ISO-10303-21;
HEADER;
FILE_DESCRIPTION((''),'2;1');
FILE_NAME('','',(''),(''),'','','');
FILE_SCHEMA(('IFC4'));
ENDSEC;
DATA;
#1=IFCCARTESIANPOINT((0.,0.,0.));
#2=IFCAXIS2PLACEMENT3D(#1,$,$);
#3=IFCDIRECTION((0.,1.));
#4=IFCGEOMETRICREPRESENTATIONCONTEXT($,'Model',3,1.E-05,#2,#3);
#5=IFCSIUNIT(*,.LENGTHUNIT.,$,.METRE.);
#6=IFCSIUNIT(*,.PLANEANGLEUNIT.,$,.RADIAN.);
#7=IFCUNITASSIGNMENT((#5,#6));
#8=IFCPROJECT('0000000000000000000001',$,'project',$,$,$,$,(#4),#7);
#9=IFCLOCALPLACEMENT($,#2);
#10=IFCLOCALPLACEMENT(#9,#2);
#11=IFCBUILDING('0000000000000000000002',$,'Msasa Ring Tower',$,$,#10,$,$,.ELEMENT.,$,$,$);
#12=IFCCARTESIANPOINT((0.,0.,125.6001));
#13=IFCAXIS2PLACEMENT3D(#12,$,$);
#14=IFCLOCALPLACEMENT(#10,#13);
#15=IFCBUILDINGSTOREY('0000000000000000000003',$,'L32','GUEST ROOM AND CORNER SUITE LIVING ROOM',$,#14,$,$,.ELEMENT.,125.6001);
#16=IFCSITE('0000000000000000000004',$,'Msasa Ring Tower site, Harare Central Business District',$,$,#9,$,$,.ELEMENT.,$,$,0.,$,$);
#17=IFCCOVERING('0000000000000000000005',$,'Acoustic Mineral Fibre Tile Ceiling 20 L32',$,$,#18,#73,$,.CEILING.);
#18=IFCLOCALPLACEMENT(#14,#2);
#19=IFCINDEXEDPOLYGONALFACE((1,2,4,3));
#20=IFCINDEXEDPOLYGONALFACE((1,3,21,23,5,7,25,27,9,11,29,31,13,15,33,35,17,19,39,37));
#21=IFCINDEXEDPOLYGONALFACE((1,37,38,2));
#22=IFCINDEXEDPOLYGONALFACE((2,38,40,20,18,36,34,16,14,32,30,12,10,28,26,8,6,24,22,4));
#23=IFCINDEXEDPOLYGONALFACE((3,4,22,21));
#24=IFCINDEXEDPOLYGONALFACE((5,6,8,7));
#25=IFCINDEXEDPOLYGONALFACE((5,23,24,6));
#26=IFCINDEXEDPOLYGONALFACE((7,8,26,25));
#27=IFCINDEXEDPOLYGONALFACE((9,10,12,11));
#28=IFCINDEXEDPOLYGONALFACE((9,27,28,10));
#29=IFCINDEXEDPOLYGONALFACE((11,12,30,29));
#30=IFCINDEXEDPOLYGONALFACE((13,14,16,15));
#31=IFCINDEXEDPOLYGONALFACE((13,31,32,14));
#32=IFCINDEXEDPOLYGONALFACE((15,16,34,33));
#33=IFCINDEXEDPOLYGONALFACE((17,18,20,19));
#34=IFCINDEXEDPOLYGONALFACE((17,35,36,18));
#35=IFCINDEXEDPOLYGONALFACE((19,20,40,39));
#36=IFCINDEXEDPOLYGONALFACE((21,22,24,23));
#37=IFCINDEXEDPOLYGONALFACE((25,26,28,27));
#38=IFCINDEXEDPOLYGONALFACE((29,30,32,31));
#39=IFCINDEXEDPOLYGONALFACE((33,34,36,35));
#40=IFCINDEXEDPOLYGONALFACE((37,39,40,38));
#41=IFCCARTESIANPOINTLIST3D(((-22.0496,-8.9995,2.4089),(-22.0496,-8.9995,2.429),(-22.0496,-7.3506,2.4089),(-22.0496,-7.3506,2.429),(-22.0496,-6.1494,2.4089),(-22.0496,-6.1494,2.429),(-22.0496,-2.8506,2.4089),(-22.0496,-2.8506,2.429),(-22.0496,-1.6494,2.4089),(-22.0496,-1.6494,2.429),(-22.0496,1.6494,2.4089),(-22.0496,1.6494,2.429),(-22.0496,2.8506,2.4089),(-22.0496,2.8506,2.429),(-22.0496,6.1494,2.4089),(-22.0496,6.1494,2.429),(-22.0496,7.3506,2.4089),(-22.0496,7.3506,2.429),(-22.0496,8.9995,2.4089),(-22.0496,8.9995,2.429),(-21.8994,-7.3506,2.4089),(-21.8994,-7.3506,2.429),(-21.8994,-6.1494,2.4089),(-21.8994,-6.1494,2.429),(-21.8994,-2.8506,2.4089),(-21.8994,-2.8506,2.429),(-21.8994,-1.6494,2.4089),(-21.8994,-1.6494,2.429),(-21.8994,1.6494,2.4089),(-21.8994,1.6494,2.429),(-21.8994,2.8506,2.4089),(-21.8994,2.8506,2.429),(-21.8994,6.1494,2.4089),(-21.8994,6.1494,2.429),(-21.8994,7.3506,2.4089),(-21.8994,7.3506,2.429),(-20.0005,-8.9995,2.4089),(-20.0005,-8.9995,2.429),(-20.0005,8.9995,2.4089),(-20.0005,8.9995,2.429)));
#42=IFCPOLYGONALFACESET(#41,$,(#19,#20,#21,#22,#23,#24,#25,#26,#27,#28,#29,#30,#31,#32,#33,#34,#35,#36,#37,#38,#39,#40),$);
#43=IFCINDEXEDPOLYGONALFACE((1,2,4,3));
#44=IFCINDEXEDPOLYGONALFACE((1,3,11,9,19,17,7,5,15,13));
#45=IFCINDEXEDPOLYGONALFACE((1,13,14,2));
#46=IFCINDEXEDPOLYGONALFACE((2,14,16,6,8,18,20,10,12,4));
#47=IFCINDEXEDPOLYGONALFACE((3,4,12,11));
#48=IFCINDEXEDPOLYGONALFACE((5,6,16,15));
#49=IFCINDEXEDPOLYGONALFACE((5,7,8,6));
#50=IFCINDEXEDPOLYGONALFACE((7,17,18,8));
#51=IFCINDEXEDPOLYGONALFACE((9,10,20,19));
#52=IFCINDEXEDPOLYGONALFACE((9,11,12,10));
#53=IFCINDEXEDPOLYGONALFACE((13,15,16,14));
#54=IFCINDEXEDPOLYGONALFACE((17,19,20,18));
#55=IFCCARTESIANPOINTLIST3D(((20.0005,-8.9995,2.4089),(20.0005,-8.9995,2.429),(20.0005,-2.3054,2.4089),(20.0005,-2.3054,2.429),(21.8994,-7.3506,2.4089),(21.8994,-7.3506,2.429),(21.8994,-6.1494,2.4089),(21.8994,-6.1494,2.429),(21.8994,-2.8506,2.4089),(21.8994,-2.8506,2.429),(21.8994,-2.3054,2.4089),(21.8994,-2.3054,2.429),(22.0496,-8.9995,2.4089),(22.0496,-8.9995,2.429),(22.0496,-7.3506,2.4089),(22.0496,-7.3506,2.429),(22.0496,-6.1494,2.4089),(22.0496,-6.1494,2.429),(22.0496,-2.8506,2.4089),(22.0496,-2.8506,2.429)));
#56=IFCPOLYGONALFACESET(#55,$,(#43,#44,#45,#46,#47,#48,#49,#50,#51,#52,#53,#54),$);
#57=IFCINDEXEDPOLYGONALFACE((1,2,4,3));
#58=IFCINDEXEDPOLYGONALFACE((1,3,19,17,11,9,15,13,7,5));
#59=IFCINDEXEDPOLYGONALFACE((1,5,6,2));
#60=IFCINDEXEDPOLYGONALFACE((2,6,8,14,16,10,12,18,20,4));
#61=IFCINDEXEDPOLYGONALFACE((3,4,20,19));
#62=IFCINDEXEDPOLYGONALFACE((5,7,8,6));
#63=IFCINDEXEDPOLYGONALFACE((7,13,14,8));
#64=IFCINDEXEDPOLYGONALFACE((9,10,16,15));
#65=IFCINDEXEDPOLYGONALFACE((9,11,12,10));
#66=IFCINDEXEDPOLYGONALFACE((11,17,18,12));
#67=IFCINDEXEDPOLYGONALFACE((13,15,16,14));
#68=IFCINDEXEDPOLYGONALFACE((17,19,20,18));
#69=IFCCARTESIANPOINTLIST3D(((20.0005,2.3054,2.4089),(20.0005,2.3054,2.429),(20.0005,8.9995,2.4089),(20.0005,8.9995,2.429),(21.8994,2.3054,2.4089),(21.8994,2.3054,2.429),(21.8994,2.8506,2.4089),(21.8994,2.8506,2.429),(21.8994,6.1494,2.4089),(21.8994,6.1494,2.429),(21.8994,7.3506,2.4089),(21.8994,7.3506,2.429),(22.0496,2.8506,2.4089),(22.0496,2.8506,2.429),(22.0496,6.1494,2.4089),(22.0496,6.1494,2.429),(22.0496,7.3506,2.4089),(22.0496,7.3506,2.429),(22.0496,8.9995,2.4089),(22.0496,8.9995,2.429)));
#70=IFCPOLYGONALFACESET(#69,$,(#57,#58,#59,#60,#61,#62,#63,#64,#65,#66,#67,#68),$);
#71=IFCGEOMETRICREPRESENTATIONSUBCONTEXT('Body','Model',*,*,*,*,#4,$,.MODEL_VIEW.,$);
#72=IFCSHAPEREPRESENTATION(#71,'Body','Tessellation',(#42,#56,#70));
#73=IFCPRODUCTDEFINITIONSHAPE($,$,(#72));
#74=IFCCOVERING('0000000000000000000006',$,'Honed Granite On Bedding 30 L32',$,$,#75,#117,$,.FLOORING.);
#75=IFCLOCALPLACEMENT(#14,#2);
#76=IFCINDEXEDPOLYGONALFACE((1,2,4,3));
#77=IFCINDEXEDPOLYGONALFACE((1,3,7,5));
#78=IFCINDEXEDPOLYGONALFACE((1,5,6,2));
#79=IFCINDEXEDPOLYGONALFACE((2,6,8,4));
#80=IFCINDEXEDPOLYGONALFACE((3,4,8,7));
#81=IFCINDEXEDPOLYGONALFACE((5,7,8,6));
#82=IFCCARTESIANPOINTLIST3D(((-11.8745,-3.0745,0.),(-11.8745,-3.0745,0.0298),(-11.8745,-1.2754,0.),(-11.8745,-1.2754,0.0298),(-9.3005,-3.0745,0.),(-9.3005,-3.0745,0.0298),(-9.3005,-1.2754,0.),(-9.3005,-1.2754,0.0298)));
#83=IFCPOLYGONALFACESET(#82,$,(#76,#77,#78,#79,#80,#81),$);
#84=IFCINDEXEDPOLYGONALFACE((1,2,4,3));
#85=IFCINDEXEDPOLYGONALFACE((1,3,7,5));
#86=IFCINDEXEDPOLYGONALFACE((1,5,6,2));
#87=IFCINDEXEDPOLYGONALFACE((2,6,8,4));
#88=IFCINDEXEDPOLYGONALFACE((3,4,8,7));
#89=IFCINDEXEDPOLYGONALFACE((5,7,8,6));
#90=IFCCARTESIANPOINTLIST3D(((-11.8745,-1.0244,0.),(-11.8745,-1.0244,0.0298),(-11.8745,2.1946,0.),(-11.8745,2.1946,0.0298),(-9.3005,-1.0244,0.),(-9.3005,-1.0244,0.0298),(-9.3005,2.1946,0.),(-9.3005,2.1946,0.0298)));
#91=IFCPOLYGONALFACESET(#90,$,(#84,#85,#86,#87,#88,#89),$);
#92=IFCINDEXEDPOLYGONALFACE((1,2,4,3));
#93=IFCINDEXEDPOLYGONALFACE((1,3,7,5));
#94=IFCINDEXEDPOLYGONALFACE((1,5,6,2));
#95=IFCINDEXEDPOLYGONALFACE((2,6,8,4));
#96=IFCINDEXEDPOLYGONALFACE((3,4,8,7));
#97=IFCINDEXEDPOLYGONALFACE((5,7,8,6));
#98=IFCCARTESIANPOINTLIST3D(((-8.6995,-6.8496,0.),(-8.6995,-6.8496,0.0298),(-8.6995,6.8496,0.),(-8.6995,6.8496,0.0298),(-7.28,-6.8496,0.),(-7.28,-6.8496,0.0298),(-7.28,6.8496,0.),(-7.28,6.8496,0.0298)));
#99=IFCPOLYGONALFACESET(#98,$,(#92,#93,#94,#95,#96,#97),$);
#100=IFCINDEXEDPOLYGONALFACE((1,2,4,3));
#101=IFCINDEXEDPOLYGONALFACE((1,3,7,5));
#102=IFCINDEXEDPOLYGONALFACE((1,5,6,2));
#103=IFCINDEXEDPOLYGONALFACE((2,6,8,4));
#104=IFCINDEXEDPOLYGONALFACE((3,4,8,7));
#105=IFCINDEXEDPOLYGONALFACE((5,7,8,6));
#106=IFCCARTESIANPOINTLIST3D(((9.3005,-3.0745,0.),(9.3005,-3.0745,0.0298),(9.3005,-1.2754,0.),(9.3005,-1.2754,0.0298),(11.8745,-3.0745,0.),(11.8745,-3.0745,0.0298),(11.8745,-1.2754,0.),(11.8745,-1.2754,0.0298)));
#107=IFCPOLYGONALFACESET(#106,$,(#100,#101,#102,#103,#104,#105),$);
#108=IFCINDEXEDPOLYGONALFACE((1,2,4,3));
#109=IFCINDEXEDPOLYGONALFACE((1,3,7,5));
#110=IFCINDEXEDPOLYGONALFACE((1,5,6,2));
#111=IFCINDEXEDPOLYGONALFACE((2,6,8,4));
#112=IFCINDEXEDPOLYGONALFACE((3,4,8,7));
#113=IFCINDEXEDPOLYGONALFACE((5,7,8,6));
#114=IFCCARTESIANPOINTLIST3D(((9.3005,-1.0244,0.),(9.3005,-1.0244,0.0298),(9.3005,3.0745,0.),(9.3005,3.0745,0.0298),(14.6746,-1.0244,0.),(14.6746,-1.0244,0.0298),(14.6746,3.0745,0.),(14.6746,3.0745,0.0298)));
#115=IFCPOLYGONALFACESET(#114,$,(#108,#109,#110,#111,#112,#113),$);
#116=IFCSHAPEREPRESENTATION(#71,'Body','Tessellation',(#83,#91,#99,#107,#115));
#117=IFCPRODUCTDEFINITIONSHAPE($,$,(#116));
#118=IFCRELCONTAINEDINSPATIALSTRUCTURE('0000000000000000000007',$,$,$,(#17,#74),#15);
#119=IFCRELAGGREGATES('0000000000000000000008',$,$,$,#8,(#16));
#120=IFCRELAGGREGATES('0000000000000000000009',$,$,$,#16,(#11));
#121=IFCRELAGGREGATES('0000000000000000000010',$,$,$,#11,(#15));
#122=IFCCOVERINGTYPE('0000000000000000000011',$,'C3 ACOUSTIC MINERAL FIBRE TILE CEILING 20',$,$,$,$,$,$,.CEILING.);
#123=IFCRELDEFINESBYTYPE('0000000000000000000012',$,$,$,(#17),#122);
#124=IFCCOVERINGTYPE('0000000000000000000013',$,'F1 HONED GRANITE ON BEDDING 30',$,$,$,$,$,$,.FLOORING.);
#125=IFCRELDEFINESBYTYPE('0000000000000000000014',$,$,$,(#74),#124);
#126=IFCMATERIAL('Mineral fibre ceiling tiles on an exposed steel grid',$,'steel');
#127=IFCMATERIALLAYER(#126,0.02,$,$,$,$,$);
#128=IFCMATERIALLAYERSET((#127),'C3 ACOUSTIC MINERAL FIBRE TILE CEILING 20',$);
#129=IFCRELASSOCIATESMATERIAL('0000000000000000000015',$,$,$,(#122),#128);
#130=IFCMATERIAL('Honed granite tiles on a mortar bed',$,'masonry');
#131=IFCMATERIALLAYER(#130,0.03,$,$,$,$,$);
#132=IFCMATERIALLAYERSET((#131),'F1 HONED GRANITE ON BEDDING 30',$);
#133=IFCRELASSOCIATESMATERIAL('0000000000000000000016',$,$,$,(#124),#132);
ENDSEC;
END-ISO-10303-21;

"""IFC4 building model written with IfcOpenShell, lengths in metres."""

from ifc_helpers import new_model, si_unit, direction, frame, origin, place, context, subcontext, project, spatial, line, indexed_curve, outline, extrude, material, layer, layer_set, type_object, element, save


model = new_model("IFC4")

# Units and contexts
model_context = context("Model", 3, precision=1e-05, world=origin(), true_north=direction((0.0, 1.0)))
body_context = subcontext(model_context, "Body", "Model", "MODEL_VIEW")
ifc_project = project(units=[si_unit("LENGTHUNIT", "METRE"), si_unit("PLANEANGLEUNIT", "RADIAN")], contexts=[model_context])

# Site, building, storey
site_placement = place(None, origin())
site = spatial("IfcSite", under=ifc_project, at=site_placement, Name="Msasa Ring Tower site, Harare Central Business District", CompositionType="ELEMENT", RefElevation=0.0)
building_placement = place(site_placement, origin())
building = spatial("IfcBuilding", under=site, at=building_placement, Name="Msasa Ring Tower", CompositionType="ELEMENT")
storey_placement = place(building_placement, frame((0.0, 0.0, 125.6001)))
storey = spatial("IfcBuildingStorey", under=building, at=storey_placement, Name="L32", Description="GUEST ROOM AND CORNER SUITE LIVING ROOM", CompositionType="ELEMENT", Elevation=125.6001)

# Coverings
ifc_material_1 = material(Name="Mineral fibre ceiling tiles on an exposed steel grid", Category="steel")
ifc_layer_1 = layer(ifc_material_1, 0.02)
ifc_layer_set_1 = layer_set([ifc_layer_1], Name="C3 ACOUSTIC MINERAL FIBRE TILE CEILING 20")
covering_type_1 = type_object("IfcCoveringType", Name="C3 ACOUSTIC MINERAL FIBRE TILE CEILING 20", PredefinedType="CEILING", material=ifc_layer_set_1)
covering_1_placement = place(storey_placement, frame((0.0, 0.0, 2.4089)))
element("IfcCovering", 1, at=covering_1_placement, inside=storey, type_object=covering_type_1, Name="Acoustic Mineral Fibre Tile Ceiling 20 L32", PredefinedType="CEILING", context=body_context, shape_type="SweptSolid", body=[
    extrude(outline(indexed_curve([(-22.0496, -7.3506), (-21.8994, -7.3506), (-21.8994, -6.1494), (-22.0496, -6.1494), (-22.0496, -2.8506), (-21.8994, -2.8506), (-21.8994, -1.6494), (-22.0496, -1.6494), (-22.0496, 1.6494), (-21.8994, 1.6494), (-21.8994, 2.8506), (-22.0496, 2.8506), (-22.0496, 6.1494), (-21.8994, 6.1494), (-21.8994, 7.3506), (-22.0496, 7.3506), (-22.0496, 8.9995), (-20.0005, 8.9995), (-20.0005, -8.9995), (-22.0496, -8.9995)], segments=[line(1, 2, 3, 4, 5, 6, 7, 8, 9, 10, 11, 12, 13, 14, 15, 16, 17, 18, 19, 20, 1)], self_intersect=False)), origin(), (0.0, 0.0, 1.0), 0.02),
    extrude(outline(indexed_curve([(20.0005, -2.3054), (21.8994, -2.3054), (21.8994, -2.8506), (22.0496, -2.8506), (22.0496, -6.1494), (21.8994, -6.1494), (21.8994, -7.3506), (22.0496, -7.3506), (22.0496, -8.9995), (20.0005, -8.9995)], segments=[line(1, 2, 3, 4, 5, 6, 7, 8, 9, 10, 1)], self_intersect=False)), origin(), (0.0, 0.0, 1.0), 0.02),
    extrude(outline(indexed_curve([(22.0496, 8.9995), (22.0496, 7.3506), (21.8994, 7.3506), (21.8994, 6.1494), (22.0496, 6.1494), (22.0496, 2.8506), (21.8994, 2.8506), (21.8994, 2.3054), (20.0005, 2.3054), (20.0005, 8.9995)], segments=[line(1, 2, 3, 4, 5, 6, 7, 8, 9, 10, 1)], self_intersect=False)), origin(), (0.0, 0.0, 1.0), 0.02),
])
ifc_material_2 = material(Name="Honed granite tiles on a mortar bed", Category="masonry")
ifc_layer_2 = layer(ifc_material_2, 0.03)
ifc_layer_set_2 = layer_set([ifc_layer_2], Name="F1 HONED GRANITE ON BEDDING 30")
covering_type_2 = type_object("IfcCoveringType", Name="F1 HONED GRANITE ON BEDDING 30", PredefinedType="FLOORING", material=ifc_layer_set_2)
covering_2_placement = place(storey_placement, origin())
element("IfcCovering", 2, at=covering_2_placement, inside=storey, type_object=covering_type_2, Name="Honed Granite On Bedding 30 L32", PredefinedType="FLOORING", context=body_context, shape_type="SweptSolid", body=[
    extrude(outline(indexed_curve([(-11.8745, -3.0745), (-11.8745, -1.2754), (-9.3005, -1.2754), (-9.3005, -3.0745)], segments=[line(1, 2, 3, 4, 1)], self_intersect=False)), origin(), (0.0, 0.0, 1.0), 0.0298),
    extrude(outline(indexed_curve([(-11.8745, 2.1946), (-9.3005, 2.1946), (-9.3005, -1.0244), (-11.8745, -1.0244)], segments=[line(1, 2, 3, 4, 1)], self_intersect=False)), origin(), (0.0, 0.0, 1.0), 0.0298),
    extrude(outline(indexed_curve([(-8.6995, -6.8496), (-8.6995, 6.8496), (-7.28, 6.8496), (-7.28, -6.8496)], segments=[line(1, 2, 3, 4, 1)], self_intersect=False)), origin(), (0.0, 0.0, 1.0), 0.0298),
    extrude(outline(indexed_curve([(9.3005, -3.0745), (9.3005, -1.2754), (11.8745, -1.2754), (11.8745, -3.0745)], segments=[line(1, 2, 3, 4, 1)], self_intersect=False)), origin(), (0.0, 0.0, 1.0), 0.0298),
    extrude(outline(indexed_curve([(9.3005, 3.0745), (14.6746, 3.0745), (14.6746, -1.0244), (9.3005, -1.0244)], segments=[line(1, 2, 3, 4, 1)], self_intersect=False)), origin(), (0.0, 0.0, 1.0), 0.0298),
])

save(model, "model.ifc")
